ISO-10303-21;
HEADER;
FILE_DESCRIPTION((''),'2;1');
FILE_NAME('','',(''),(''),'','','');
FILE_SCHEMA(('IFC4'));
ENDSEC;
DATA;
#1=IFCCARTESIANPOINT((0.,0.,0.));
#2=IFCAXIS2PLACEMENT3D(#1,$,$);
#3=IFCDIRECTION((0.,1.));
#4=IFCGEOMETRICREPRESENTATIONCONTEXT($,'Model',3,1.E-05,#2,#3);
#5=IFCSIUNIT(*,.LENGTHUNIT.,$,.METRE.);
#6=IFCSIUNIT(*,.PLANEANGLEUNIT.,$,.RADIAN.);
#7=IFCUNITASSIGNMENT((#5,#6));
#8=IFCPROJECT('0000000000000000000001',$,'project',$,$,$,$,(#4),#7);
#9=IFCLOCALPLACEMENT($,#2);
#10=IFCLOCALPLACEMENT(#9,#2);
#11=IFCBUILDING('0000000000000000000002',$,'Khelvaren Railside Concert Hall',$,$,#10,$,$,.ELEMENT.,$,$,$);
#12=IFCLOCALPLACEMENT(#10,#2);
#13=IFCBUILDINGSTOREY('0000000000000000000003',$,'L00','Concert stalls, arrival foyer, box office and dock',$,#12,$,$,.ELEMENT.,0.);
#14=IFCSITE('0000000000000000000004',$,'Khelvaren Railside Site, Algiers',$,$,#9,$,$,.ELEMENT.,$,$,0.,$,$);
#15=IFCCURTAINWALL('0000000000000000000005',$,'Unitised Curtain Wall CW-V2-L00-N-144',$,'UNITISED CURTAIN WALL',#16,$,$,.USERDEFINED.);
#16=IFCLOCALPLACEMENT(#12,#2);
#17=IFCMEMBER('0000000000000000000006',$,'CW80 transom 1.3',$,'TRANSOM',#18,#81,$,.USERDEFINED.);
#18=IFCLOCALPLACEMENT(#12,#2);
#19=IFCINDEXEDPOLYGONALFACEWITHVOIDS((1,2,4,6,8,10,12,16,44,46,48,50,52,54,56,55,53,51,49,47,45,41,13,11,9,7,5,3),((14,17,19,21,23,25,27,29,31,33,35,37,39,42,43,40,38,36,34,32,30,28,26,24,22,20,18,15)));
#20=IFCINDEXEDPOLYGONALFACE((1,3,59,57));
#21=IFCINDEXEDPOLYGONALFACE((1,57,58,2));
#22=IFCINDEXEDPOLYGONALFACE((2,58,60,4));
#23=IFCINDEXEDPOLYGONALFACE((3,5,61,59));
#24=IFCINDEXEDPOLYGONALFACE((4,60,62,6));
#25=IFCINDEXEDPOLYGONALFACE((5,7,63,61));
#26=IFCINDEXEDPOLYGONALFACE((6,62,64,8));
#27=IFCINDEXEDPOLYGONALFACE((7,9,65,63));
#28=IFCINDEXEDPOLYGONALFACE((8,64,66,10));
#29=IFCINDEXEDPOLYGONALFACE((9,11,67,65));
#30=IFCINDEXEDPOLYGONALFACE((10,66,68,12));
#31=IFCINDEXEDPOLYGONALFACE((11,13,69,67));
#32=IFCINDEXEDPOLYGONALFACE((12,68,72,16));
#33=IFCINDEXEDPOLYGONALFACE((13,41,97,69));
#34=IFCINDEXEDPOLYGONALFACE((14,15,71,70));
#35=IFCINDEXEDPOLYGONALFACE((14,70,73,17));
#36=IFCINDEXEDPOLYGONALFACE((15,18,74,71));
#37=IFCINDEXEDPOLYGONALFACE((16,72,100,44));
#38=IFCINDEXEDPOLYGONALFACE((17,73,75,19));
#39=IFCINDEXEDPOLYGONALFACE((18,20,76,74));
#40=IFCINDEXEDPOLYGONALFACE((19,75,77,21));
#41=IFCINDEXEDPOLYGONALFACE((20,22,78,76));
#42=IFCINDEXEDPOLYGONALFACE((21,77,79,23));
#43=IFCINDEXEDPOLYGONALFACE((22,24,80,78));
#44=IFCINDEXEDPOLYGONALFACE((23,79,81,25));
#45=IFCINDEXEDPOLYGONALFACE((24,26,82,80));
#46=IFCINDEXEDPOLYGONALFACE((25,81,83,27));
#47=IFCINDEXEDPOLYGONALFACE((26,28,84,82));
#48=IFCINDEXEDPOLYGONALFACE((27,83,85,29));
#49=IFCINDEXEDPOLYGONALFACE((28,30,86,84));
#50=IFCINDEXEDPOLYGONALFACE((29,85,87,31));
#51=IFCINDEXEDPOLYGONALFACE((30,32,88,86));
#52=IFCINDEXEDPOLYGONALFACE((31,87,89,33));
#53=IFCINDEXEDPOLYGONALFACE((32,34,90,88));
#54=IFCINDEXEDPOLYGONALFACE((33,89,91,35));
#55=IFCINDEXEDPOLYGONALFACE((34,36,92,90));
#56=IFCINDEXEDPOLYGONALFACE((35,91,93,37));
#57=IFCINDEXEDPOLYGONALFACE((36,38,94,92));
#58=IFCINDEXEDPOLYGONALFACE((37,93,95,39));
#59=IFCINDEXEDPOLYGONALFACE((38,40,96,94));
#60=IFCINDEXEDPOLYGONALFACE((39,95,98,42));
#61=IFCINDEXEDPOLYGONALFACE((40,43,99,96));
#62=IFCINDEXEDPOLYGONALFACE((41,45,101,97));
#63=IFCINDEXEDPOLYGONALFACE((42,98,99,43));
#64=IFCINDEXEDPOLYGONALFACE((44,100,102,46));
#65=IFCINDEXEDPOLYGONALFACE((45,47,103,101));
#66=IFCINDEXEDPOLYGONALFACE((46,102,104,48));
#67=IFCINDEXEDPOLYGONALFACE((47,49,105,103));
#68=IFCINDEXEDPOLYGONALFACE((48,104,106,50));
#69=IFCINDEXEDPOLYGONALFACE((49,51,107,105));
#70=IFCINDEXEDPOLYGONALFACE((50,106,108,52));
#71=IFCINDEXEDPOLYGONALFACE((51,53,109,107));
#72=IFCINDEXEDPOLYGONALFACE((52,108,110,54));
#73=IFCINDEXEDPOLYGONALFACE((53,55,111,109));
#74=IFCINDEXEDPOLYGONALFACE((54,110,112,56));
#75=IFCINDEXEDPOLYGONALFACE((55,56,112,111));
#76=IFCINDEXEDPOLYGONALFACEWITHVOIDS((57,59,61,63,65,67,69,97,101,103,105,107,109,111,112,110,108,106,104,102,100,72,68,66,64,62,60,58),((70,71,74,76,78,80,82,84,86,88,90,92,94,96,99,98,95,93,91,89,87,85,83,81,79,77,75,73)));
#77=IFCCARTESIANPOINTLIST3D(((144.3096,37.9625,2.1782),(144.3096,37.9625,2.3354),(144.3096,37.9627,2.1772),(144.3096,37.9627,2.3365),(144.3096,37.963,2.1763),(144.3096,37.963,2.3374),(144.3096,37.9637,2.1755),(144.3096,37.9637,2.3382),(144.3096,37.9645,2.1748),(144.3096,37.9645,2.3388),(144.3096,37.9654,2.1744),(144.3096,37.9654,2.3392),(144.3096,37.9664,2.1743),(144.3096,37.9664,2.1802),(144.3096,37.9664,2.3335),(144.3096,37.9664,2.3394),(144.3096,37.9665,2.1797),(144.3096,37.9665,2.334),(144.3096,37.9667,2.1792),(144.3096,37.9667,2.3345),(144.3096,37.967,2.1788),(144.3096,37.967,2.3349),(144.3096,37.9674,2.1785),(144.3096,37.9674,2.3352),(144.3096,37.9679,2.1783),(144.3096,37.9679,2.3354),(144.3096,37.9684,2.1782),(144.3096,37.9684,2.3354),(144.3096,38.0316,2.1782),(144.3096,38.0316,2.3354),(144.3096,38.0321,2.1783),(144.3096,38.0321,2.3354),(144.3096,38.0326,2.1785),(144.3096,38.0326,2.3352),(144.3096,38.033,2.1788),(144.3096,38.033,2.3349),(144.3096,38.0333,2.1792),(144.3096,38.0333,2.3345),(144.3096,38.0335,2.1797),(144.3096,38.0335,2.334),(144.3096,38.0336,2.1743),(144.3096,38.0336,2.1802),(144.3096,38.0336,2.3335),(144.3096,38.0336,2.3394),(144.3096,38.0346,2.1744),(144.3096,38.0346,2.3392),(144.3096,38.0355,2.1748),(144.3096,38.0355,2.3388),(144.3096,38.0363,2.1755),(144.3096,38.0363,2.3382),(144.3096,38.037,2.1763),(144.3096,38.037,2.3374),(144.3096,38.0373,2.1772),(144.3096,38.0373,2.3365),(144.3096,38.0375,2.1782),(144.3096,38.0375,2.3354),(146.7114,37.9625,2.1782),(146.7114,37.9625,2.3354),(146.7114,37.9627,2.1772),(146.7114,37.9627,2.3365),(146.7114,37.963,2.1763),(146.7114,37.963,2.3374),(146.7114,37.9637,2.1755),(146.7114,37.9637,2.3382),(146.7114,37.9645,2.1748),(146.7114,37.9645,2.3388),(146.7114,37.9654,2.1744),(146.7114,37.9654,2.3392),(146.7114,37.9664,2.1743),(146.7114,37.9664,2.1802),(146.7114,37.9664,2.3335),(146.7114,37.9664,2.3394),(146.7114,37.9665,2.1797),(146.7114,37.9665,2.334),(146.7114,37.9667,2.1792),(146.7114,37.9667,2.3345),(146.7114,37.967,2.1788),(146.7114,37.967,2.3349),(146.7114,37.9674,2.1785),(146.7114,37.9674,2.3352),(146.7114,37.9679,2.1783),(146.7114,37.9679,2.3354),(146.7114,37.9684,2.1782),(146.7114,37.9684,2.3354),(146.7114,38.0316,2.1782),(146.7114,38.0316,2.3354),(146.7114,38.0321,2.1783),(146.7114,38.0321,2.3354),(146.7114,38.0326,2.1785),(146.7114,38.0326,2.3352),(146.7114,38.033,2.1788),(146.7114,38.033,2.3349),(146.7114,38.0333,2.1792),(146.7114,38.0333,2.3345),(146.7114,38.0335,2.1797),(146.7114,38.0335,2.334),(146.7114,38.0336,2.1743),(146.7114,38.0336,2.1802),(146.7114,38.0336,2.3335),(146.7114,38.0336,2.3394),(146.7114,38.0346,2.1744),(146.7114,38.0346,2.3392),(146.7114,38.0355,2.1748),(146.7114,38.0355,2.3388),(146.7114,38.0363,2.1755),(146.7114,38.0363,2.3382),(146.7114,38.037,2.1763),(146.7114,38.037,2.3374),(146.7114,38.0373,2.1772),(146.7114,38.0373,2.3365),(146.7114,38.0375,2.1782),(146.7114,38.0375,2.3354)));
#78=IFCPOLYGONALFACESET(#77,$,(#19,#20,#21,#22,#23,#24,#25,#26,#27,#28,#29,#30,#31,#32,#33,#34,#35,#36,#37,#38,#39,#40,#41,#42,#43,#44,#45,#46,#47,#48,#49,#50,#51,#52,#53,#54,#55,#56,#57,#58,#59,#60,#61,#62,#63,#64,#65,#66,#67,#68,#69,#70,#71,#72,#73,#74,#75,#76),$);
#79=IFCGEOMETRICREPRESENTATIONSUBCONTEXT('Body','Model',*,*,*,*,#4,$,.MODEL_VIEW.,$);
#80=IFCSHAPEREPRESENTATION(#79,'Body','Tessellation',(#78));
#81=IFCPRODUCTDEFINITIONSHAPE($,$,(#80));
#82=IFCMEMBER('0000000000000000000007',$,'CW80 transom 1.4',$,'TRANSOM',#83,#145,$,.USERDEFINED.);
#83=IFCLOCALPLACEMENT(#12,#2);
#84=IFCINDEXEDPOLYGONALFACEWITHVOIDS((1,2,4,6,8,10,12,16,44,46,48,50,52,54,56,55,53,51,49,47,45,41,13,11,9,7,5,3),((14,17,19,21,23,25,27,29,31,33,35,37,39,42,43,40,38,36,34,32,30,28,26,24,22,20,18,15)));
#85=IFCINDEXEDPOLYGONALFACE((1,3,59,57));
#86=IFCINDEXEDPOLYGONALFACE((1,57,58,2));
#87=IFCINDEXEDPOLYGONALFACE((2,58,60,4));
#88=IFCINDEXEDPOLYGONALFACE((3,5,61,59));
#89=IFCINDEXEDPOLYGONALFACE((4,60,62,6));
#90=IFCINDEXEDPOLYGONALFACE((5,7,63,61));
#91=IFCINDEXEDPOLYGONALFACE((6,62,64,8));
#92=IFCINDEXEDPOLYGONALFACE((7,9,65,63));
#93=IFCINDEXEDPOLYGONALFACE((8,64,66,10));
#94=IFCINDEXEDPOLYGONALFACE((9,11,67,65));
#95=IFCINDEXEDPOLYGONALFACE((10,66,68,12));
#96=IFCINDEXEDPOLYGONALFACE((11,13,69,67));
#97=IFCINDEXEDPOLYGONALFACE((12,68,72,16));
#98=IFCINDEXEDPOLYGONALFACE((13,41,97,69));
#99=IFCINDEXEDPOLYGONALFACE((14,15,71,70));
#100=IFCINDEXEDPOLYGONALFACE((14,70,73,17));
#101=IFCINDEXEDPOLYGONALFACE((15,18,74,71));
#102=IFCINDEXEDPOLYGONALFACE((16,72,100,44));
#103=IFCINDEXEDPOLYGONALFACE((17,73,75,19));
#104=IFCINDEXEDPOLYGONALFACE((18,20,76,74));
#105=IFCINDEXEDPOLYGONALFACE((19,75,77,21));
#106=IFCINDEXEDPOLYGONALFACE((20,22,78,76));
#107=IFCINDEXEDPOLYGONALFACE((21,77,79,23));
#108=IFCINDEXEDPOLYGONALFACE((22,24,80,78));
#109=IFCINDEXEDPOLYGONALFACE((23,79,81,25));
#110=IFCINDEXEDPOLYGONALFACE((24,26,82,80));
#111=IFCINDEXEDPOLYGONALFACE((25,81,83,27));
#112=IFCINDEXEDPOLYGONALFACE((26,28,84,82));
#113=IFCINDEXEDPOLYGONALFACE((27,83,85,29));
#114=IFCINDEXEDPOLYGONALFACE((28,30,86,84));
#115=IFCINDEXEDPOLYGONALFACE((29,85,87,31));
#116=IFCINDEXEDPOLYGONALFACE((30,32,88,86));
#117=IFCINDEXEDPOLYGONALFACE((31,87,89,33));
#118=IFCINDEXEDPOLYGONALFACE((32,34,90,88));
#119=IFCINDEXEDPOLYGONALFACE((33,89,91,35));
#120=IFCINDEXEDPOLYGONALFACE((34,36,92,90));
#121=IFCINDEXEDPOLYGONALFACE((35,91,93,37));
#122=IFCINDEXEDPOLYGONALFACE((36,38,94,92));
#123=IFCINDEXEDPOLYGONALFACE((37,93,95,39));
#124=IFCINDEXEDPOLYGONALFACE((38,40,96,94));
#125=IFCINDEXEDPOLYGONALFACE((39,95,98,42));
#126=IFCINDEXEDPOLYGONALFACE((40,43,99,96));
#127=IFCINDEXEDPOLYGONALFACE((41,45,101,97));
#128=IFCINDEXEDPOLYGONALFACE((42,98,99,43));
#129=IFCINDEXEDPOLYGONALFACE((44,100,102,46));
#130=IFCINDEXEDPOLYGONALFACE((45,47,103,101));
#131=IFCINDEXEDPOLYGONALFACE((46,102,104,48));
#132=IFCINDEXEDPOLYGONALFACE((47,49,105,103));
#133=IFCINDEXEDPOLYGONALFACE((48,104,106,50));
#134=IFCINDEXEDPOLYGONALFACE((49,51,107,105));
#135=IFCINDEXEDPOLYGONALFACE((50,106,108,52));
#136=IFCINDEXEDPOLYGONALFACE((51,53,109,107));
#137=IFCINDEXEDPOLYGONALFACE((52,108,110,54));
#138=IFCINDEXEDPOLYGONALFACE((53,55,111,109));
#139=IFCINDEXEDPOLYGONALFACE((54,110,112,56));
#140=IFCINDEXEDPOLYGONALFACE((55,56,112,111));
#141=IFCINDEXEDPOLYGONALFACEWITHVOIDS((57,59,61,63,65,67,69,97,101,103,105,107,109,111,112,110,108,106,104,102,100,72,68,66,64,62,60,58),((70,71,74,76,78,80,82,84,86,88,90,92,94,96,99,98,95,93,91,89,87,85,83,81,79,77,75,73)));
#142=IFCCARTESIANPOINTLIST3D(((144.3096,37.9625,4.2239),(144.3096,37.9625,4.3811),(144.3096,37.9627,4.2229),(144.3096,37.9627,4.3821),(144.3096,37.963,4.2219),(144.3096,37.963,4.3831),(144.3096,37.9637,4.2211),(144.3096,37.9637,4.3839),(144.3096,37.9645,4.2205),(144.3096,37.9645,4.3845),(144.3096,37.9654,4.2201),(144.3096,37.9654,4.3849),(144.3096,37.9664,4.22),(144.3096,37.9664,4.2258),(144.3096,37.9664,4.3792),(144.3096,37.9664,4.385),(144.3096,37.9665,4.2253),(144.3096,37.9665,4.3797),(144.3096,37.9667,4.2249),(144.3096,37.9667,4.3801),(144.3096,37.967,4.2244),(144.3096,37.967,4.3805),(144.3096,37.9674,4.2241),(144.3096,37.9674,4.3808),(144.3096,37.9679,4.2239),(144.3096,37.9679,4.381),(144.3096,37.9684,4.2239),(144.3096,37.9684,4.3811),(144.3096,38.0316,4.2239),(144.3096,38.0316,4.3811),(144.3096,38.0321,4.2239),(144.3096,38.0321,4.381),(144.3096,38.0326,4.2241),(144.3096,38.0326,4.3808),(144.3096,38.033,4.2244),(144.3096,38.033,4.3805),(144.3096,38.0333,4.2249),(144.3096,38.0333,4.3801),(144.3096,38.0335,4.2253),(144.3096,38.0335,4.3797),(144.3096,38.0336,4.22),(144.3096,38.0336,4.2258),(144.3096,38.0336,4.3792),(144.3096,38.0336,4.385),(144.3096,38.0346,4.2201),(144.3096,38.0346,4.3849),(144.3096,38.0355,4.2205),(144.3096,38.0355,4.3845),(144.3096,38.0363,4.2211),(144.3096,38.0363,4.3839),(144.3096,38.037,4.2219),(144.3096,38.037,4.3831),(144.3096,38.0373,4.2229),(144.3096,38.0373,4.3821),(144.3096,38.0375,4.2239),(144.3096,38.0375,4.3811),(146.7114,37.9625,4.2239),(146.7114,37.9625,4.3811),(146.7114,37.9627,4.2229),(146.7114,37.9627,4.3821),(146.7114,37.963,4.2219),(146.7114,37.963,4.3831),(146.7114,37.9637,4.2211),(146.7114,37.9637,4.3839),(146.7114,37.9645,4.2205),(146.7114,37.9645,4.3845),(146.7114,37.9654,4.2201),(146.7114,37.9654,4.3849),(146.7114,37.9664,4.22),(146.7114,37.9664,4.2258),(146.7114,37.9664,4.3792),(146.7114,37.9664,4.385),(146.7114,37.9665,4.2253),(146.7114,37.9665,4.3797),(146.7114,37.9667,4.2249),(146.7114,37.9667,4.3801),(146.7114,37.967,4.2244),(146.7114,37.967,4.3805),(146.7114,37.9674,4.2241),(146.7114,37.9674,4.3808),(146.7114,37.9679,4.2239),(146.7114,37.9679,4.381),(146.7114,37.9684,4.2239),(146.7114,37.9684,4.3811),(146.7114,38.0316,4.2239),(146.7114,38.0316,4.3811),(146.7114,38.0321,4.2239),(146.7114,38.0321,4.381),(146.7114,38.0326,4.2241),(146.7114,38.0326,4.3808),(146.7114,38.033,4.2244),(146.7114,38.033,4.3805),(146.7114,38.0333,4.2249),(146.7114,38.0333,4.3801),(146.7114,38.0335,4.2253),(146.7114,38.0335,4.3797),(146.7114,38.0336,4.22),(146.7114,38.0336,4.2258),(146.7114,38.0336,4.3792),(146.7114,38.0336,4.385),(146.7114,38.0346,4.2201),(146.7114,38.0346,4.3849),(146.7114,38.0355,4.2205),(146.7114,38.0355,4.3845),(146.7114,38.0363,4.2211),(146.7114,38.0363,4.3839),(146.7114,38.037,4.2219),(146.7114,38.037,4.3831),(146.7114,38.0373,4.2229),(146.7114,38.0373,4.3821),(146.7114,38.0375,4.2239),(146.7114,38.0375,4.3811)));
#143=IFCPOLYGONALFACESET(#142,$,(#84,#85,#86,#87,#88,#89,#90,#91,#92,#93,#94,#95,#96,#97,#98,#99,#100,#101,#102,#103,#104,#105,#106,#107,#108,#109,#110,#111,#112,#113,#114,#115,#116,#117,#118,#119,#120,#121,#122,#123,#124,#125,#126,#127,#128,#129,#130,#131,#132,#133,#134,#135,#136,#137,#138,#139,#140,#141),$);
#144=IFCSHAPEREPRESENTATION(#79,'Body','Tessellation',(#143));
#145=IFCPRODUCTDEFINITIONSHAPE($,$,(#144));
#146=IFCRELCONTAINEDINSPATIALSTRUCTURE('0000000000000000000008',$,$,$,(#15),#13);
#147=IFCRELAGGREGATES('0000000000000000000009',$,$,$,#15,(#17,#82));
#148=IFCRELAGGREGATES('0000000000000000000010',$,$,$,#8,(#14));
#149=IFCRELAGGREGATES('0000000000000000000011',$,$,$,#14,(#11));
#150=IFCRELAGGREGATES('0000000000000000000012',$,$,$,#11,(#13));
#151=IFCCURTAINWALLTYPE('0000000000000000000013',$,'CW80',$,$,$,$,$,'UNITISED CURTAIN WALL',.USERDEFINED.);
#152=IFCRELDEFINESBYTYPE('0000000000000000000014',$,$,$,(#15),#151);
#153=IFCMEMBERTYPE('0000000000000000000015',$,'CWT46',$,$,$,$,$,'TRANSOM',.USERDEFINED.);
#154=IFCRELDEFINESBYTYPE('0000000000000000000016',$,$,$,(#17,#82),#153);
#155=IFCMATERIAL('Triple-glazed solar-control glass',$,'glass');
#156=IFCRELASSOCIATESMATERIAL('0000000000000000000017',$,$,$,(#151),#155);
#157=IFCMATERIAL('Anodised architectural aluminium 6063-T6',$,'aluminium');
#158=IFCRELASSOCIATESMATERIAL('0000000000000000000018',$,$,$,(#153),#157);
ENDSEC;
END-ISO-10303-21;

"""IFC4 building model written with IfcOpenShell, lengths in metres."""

from ifc_helpers import new_model, si_unit, direction, frame, origin, origin_2d, place, context, subcontext, project, spatial, hollow_rectangle, extrude, material, material_profile, profile_set, type_object, element, aggregate, save


model = new_model("IFC4")

# Units and contexts
model_context = context("Model", 3, precision=1e-05, world=origin(), true_north=direction((0.0, 1.0)))
body_context = subcontext(model_context, "Body", "Model", "MODEL_VIEW")
ifc_project = project(units=[si_unit("LENGTHUNIT", "METRE"), si_unit("PLANEANGLEUNIT", "RADIAN")], contexts=[model_context])

# Site, building, storey
site_placement = place(None, origin())
site = spatial("IfcSite", under=ifc_project, at=site_placement, Name="Khelvaren Railside Site, Algiers", CompositionType="ELEMENT", RefElevation=0.0)
building_placement = place(site_placement, origin())
building = spatial("IfcBuilding", under=site, at=building_placement, Name="Khelvaren Railside Concert Hall", CompositionType="ELEMENT")
storey_placement = place(building_placement, origin())
storey = spatial("IfcBuildingStorey", under=building, at=storey_placement, Name="L00", Description="Concert stalls, arrival foyer, box office and dock", CompositionType="ELEMENT", Elevation=0.0)

# Curtain wall
ifc_material_1 = material(Name="Triple-glazed solar-control glass", Category="glass")
curtain_wall_type_1 = type_object("IfcCurtainWallType", Name="CW80", ElementType="UNITISED CURTAIN WALL", PredefinedType="USERDEFINED", material=ifc_material_1)
curtain_wall_1_placement = place(storey_placement, origin())
curtain_wall_1 = element("IfcCurtainWall", 1, at=curtain_wall_1_placement, inside=storey, type_object=curtain_wall_type_1, Name="Unitised Curtain Wall CW-V2-L00-N-144", ObjectType="UNITISED CURTAIN WALL", PredefinedType="USERDEFINED")
ifc_material_2 = material(Name="Anodised architectural aluminium 6063-T6", Category="aluminium")

# Members
ifc_material_profile_1 = material_profile(ifc_material_2, hollow_rectangle(XDim=0.075, YDim=0.165, WallThickness=0.0039, InnerFilletRadius=0.002, OuterFilletRadius=0.0039, at=origin_2d()), Name="CWT 75x165x4")
ifc_profile_set_1 = profile_set([ifc_material_profile_1], Name="Anodised architectural aluminium 6063-T6")
member_type_1 = type_object("IfcMemberType", Name="CWT46", ElementType="TRANSOM", PredefinedType="USERDEFINED", material=ifc_profile_set_1)
member_1_placement = place(storey_placement, frame((144.3096, 38.0, 2.2568), z_axis=(1.0, 0.0, 0.0), x_axis=(0.0, 1.0, 0.0)))
member_1 = element("IfcMember", 2, at=member_1_placement, type_object=member_type_1, Name="CW80 transom 1.3", ObjectType="TRANSOM", PredefinedType="USERDEFINED", context=body_context, shape_type="SweptSolid", body=[
    extrude(hollow_rectangle(XDim=0.075, YDim=0.165, WallThickness=0.0039, InnerFilletRadius=0.002, OuterFilletRadius=0.0039, at=origin_2d()), origin(), (0.0, 0.0, 1.0), 2.4019),
])
member_2_placement = place(storey_placement, frame((144.3096, 38.0, 4.3025), z_axis=(1.0, 0.0, 0.0), x_axis=(0.0, 1.0, 0.0)))
member_2 = element("IfcMember", 3, at=member_2_placement, type_object=member_type_1, Name="CW80 transom 1.4", ObjectType="TRANSOM", PredefinedType="USERDEFINED", context=body_context, shape_type="SweptSolid", body=[
    extrude(hollow_rectangle(XDim=0.075, YDim=0.165, WallThickness=0.0039, InnerFilletRadius=0.002, OuterFilletRadius=0.0039, at=origin_2d()), origin(), (0.0, 0.0, 1.0), 2.4019),
])

aggregate(curtain_wall_1, [member_1, member_2])

save(model, "model.ifc")
